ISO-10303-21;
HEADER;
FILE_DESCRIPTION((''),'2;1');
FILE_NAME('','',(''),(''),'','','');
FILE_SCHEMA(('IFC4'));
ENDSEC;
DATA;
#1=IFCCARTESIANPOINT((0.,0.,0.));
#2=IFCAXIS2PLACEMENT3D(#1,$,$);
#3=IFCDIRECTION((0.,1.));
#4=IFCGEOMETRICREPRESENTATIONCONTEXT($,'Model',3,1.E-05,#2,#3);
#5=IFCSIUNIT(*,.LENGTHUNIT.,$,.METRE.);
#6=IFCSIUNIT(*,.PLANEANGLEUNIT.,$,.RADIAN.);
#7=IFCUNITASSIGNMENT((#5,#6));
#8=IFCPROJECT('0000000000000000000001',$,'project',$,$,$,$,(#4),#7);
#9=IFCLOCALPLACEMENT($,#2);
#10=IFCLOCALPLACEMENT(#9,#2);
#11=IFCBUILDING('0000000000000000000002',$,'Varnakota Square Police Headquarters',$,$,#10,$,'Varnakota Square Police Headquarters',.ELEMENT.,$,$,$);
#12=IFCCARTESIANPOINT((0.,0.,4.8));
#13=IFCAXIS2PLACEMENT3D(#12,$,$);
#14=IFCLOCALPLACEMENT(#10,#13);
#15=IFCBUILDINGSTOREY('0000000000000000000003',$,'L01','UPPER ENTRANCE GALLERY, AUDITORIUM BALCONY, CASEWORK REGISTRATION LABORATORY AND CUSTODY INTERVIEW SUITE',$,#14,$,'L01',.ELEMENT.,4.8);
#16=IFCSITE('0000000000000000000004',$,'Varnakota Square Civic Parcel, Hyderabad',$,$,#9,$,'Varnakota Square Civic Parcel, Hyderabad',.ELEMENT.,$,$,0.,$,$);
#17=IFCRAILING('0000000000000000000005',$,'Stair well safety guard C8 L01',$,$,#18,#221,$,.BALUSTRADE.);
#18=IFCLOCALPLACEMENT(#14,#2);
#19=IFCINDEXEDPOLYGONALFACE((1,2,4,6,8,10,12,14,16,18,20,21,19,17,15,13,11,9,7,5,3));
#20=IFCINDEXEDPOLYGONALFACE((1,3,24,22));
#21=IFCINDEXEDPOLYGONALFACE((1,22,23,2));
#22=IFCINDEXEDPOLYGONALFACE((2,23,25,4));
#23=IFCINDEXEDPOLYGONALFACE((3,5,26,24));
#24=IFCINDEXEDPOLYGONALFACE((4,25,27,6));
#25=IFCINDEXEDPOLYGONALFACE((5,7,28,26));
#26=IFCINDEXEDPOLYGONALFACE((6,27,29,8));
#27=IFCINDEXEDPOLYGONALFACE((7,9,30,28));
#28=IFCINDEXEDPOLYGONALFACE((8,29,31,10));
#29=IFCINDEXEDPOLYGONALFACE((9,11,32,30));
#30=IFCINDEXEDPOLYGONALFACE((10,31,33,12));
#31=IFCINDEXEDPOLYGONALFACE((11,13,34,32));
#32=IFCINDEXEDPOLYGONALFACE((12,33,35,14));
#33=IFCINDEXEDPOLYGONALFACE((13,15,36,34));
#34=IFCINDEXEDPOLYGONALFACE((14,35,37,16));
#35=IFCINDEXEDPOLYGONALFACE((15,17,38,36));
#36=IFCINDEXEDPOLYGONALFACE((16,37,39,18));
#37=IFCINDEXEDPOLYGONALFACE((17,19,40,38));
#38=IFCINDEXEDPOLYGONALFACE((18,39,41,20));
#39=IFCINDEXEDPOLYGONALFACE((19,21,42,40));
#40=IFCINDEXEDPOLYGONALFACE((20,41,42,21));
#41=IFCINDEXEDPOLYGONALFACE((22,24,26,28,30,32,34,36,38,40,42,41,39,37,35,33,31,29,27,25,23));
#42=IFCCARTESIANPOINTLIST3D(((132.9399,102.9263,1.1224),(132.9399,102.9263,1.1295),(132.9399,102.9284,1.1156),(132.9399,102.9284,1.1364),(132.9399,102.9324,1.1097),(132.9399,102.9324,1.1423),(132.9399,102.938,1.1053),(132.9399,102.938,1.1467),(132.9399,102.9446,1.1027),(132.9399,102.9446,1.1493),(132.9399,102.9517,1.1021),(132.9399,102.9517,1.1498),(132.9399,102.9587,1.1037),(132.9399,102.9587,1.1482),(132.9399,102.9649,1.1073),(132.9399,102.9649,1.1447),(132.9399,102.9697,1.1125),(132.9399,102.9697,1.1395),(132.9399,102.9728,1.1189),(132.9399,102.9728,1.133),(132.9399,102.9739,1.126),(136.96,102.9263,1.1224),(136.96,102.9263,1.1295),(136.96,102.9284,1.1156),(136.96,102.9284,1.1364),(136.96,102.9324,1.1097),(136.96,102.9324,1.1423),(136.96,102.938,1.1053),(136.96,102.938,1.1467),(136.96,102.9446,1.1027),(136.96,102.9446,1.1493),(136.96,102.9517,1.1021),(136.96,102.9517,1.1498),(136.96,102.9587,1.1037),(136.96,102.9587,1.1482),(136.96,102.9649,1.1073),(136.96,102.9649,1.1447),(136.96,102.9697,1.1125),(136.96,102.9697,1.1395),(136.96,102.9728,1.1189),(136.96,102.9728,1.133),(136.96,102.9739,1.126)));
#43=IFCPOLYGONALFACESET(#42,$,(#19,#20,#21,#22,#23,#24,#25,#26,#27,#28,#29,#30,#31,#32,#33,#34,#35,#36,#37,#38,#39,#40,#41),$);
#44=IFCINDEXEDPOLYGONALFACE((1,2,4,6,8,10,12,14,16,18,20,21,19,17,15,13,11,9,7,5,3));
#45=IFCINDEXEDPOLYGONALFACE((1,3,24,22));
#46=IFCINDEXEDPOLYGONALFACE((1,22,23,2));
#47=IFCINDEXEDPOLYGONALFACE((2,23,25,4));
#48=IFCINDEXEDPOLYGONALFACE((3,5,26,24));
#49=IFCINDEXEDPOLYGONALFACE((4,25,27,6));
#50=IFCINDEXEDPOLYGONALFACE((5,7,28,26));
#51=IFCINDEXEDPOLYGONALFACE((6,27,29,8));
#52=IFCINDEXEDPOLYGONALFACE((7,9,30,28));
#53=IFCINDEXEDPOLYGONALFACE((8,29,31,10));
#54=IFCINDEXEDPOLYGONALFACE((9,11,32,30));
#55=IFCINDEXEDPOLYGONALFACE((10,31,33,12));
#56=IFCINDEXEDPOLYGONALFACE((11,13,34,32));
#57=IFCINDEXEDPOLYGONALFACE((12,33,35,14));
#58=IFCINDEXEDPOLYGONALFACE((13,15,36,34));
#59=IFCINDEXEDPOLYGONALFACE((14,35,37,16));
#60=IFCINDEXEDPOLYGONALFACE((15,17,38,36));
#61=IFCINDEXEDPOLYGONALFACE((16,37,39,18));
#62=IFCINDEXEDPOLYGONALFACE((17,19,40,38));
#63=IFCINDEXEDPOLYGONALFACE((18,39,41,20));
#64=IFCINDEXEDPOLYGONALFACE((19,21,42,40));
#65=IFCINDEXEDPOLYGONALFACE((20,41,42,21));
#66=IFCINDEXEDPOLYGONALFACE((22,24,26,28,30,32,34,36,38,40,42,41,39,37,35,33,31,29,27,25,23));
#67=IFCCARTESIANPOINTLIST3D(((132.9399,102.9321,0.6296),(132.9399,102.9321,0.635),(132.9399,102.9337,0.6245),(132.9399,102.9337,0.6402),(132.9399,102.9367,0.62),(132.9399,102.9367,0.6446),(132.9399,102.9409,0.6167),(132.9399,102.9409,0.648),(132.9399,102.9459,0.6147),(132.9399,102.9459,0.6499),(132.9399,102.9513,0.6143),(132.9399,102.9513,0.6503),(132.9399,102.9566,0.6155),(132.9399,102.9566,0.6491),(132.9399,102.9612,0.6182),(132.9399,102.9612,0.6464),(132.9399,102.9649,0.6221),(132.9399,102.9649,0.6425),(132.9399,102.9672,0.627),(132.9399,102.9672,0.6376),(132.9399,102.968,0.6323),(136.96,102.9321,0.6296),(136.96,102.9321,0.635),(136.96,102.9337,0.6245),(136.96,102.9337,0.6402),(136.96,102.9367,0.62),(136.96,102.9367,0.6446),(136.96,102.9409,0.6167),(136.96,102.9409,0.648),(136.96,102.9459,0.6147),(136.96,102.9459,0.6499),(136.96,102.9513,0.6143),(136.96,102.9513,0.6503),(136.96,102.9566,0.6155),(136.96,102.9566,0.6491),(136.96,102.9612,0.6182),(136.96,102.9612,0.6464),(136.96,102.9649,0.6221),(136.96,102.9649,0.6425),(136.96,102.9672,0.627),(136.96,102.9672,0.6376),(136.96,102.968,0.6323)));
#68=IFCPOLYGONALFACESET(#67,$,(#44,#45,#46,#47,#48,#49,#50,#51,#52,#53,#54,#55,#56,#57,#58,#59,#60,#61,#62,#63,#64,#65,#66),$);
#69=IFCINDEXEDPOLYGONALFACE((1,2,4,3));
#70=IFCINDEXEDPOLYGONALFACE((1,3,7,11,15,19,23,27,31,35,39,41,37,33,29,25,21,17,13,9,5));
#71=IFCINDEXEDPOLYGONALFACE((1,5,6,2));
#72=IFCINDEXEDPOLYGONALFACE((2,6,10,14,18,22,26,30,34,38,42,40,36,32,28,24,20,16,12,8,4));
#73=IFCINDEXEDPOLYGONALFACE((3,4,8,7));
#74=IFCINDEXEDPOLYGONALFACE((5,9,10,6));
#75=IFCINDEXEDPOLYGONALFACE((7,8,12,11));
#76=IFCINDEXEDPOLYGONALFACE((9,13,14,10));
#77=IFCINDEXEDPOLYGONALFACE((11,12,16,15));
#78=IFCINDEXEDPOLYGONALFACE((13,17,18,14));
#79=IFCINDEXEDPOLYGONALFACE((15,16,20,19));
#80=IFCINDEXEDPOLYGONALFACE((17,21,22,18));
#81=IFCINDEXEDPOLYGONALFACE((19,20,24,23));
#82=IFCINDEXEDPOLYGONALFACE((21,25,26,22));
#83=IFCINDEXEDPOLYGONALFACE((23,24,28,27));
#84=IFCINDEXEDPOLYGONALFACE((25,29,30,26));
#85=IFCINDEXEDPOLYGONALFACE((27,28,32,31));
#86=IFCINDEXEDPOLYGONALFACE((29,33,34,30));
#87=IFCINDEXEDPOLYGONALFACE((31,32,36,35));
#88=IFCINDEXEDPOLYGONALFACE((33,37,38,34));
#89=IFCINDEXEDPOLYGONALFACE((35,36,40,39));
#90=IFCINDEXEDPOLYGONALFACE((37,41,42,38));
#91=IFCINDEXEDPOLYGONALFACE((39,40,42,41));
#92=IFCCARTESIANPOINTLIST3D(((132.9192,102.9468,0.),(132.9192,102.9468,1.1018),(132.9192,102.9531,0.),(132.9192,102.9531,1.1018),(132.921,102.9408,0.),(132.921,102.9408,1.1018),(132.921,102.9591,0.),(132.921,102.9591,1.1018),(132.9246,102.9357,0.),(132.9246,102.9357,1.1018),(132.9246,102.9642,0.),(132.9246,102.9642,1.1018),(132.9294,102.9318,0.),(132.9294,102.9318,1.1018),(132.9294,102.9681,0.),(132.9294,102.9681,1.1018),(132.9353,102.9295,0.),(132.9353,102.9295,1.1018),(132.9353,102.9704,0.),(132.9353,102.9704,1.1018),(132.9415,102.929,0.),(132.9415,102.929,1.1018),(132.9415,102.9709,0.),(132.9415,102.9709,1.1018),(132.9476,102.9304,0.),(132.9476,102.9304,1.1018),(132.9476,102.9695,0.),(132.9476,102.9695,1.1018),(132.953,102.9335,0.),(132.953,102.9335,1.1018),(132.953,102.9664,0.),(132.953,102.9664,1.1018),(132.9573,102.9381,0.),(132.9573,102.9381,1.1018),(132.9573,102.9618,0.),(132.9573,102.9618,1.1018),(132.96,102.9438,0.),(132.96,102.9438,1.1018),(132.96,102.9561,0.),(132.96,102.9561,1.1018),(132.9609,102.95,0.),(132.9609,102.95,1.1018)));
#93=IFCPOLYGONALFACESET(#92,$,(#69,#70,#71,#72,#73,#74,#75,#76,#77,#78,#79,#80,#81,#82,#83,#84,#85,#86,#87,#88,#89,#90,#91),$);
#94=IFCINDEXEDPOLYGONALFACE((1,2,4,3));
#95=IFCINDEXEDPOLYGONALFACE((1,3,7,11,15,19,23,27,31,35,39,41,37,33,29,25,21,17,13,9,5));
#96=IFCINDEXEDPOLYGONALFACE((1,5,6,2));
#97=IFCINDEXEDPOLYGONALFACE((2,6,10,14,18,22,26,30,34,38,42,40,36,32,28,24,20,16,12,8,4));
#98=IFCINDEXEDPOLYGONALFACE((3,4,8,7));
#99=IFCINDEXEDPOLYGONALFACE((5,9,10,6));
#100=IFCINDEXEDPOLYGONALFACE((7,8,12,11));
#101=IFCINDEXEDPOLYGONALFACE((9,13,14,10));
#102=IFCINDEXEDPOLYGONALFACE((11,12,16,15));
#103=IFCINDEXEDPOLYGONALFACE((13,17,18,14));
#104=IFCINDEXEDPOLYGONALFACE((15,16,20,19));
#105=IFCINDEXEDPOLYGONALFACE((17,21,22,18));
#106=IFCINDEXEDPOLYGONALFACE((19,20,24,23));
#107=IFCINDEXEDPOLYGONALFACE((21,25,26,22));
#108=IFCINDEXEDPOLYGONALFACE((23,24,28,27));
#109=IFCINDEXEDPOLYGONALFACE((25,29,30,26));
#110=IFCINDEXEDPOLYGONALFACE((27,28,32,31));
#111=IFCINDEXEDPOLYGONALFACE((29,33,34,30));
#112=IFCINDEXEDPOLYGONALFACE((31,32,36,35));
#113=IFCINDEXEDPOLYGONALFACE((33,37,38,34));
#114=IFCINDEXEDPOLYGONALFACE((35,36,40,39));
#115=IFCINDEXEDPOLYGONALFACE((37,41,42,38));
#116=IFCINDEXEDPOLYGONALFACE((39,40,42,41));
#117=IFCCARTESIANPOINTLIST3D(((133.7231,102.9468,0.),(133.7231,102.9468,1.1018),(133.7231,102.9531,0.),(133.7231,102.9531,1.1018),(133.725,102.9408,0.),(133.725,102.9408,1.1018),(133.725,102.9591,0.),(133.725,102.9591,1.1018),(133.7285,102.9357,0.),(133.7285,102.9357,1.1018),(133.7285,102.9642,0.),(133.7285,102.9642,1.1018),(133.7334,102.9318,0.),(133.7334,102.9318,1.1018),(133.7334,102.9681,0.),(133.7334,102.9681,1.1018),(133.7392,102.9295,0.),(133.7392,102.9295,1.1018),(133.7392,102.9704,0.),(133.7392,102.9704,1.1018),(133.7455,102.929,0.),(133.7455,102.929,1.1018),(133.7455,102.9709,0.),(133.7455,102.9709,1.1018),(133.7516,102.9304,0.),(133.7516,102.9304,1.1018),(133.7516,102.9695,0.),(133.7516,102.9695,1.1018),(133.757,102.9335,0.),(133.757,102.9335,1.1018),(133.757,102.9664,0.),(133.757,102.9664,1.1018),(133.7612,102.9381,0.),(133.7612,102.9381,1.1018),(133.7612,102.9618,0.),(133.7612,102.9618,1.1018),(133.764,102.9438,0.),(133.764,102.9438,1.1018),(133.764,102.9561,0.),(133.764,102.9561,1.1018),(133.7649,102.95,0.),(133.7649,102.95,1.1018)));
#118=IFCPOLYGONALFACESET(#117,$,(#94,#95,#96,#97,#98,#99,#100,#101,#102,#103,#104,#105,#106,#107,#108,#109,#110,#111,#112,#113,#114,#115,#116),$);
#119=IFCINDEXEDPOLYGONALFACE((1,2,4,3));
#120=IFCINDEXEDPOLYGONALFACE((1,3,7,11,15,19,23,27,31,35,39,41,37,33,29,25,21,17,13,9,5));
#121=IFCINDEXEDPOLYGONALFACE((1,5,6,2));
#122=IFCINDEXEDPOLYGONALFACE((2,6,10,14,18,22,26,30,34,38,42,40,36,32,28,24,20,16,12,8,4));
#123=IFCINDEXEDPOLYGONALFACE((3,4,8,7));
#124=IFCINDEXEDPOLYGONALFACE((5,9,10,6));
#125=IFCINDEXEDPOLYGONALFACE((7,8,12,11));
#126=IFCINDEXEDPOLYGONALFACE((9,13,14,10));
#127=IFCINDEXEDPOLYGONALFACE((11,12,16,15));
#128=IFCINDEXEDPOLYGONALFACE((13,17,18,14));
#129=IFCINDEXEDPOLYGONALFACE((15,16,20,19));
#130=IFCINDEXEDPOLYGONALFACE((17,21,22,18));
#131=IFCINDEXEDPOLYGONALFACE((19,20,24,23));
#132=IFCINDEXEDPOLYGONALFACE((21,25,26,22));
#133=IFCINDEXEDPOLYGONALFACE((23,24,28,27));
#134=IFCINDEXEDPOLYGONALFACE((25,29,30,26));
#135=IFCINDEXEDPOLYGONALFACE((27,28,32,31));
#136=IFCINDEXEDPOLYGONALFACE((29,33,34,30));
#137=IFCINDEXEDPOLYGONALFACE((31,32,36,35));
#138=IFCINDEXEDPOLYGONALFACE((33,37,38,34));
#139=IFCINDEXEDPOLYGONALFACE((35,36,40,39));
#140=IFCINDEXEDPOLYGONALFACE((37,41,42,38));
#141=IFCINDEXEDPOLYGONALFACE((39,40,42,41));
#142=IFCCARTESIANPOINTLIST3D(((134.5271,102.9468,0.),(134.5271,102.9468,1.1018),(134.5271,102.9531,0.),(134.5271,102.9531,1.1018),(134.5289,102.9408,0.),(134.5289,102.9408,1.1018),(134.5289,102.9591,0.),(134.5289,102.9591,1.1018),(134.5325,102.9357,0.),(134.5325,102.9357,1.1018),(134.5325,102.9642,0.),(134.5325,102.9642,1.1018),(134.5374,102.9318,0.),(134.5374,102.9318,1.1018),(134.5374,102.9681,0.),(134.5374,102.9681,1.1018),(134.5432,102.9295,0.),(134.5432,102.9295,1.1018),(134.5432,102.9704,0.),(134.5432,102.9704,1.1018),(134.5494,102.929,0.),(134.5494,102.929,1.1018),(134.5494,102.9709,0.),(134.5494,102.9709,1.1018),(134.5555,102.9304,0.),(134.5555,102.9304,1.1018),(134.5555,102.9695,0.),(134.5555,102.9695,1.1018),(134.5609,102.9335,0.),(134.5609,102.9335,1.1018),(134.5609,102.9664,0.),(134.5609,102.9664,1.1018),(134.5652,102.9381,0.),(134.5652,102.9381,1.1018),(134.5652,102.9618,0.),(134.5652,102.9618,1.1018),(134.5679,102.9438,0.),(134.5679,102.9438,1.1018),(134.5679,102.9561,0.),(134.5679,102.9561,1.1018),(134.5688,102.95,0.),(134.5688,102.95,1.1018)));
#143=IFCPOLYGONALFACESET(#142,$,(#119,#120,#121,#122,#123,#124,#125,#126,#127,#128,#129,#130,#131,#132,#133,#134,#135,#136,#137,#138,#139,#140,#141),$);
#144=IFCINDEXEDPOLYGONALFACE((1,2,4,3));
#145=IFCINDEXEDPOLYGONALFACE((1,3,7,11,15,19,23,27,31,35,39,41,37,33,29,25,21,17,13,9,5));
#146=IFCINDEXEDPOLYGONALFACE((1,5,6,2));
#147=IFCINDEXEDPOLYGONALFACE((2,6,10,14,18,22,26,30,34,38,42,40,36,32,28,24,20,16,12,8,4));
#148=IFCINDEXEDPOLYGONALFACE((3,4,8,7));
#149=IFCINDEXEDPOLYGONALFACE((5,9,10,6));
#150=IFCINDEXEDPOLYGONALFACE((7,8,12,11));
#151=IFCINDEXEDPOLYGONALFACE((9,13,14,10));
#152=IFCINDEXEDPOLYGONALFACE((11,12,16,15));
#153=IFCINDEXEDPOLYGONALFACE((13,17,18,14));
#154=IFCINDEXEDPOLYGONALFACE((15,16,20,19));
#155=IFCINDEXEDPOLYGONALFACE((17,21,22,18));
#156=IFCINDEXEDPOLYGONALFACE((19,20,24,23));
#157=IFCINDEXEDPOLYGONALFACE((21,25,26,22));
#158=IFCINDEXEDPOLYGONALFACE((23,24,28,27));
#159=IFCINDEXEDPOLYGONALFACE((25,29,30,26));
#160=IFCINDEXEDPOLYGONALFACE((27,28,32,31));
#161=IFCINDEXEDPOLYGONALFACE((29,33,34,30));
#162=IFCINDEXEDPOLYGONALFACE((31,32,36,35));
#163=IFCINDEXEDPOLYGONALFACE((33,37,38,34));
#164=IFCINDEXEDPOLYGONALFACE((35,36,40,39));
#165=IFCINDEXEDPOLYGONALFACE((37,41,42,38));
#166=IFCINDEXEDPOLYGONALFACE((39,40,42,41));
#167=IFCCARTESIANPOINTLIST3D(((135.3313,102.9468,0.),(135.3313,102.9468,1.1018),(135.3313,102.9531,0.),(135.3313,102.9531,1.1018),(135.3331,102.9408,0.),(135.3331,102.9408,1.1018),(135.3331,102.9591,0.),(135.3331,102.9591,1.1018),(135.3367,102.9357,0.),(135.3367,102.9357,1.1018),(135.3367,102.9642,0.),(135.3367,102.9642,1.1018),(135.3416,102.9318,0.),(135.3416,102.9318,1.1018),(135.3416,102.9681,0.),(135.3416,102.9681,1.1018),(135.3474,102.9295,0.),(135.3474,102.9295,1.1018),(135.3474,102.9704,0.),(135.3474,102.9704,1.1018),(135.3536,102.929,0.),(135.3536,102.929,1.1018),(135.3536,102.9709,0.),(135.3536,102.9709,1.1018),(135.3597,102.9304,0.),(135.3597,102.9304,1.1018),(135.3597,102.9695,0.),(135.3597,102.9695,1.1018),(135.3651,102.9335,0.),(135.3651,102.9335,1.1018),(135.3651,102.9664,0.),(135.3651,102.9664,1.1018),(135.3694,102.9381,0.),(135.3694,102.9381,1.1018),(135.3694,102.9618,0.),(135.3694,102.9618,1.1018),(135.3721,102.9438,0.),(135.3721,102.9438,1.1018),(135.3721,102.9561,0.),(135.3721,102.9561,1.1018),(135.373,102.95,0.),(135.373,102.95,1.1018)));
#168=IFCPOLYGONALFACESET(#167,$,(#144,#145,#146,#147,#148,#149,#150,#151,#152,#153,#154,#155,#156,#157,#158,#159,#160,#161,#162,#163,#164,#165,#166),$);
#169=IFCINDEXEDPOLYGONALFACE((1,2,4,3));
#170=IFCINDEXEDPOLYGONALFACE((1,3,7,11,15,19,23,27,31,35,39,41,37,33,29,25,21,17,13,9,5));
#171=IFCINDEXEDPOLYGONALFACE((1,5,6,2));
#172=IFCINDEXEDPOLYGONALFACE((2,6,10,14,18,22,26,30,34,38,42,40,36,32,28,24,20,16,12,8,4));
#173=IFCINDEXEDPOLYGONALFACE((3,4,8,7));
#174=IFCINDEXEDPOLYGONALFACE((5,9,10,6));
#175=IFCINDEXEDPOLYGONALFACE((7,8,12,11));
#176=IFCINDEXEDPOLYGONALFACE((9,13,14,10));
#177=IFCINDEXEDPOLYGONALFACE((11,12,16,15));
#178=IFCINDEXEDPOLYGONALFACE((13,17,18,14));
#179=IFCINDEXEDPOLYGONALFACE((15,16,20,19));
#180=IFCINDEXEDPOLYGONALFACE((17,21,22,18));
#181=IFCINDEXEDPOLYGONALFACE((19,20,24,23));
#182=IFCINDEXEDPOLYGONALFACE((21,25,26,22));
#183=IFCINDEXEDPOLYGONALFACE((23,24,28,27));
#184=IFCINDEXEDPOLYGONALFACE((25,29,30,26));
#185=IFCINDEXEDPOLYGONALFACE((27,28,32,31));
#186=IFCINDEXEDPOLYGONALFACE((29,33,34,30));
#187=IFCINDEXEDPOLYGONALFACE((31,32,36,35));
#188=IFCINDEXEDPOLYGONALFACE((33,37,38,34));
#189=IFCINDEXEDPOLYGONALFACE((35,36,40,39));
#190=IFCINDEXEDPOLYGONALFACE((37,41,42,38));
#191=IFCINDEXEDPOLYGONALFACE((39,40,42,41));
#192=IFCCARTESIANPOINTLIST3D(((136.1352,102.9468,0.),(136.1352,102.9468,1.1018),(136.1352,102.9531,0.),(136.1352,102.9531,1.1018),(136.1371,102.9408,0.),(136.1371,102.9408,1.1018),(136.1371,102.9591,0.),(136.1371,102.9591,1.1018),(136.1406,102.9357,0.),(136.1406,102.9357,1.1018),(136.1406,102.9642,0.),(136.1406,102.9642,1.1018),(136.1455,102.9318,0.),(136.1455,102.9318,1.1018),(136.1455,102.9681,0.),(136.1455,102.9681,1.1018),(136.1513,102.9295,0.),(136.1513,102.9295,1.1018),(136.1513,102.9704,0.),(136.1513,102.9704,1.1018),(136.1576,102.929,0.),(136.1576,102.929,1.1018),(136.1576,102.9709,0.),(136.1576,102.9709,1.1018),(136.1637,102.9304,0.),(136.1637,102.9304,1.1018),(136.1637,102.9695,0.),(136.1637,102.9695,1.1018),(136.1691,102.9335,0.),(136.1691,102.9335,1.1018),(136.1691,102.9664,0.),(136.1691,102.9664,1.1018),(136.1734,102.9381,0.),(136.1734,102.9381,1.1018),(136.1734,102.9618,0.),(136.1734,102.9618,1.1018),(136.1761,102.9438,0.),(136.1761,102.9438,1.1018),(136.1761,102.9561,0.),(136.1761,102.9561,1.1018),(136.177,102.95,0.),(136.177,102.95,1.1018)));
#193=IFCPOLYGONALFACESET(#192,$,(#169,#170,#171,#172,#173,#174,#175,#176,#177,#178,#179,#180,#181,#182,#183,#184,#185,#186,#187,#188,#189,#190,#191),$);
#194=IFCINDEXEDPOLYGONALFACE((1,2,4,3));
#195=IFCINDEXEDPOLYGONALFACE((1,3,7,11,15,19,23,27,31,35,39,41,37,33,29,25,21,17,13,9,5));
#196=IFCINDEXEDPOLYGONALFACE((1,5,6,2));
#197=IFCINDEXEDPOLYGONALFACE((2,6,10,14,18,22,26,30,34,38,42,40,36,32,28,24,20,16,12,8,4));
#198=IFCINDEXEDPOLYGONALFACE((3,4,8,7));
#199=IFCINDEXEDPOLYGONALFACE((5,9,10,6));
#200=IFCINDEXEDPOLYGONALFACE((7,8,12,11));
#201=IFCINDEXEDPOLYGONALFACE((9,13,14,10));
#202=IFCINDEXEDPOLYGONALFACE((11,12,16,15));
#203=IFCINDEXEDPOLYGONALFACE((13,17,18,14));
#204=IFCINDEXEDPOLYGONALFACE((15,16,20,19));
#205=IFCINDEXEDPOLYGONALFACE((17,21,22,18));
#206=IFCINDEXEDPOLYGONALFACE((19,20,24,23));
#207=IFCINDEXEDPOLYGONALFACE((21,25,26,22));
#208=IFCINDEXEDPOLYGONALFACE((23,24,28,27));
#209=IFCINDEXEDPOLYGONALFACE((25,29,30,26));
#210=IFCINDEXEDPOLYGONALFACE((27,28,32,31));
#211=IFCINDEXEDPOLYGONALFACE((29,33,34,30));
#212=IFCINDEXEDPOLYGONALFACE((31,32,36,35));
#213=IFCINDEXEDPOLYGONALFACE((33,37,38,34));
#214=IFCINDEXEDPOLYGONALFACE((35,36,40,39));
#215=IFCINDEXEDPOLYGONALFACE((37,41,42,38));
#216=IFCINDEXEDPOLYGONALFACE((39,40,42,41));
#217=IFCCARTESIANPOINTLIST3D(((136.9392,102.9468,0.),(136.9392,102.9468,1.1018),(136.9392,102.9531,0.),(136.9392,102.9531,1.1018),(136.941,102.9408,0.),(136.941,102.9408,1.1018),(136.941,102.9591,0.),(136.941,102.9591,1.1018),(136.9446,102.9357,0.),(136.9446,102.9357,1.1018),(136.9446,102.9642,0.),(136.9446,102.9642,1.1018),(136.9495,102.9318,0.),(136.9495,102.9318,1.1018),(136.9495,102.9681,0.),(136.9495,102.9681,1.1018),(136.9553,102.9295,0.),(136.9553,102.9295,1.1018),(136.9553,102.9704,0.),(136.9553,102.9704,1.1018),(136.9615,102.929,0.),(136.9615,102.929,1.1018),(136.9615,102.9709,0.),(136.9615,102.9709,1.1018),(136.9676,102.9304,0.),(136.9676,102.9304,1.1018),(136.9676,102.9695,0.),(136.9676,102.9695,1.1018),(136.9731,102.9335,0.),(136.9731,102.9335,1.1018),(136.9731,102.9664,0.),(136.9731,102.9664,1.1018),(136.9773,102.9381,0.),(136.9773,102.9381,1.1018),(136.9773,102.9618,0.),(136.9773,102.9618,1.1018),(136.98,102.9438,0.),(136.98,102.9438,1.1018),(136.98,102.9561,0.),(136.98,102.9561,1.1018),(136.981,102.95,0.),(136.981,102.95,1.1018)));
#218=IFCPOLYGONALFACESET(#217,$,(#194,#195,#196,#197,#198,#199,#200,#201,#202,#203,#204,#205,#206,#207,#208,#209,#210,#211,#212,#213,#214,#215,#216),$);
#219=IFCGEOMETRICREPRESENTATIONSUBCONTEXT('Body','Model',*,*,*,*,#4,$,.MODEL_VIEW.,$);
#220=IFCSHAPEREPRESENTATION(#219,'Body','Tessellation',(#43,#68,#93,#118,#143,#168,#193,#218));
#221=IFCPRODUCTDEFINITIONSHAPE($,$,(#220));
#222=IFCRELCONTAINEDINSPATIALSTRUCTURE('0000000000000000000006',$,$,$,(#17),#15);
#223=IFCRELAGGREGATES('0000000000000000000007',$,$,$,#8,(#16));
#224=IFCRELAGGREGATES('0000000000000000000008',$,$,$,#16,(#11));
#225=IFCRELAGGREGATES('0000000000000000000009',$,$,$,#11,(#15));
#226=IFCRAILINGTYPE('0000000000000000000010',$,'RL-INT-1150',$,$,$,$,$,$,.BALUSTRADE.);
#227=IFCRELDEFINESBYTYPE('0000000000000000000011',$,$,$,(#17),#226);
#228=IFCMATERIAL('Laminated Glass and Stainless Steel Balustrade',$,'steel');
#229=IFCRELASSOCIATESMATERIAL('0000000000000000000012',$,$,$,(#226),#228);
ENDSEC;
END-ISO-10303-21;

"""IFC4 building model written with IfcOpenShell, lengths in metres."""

from ifc_helpers import new_model, si_unit, direction, frame, origin, origin_2d, place, context, subcontext, project, spatial, circle, extrude, material, type_object, element, save


model = new_model("IFC4")

# Units and contexts
model_context = context("Model", 3, precision=1e-05, world=origin(), true_north=direction((0.0, 1.0)))
body_context = subcontext(model_context, "Body", "Model", "MODEL_VIEW")
ifc_project = project(units=[si_unit("LENGTHUNIT", "METRE"), si_unit("PLANEANGLEUNIT", "RADIAN")], contexts=[model_context])

# Site, building, storey
site_placement = place(None, origin())
site = spatial("IfcSite", under=ifc_project, at=site_placement, Name="Varnakota Square Civic Parcel, Hyderabad", LongName="Varnakota Square Civic Parcel, Hyderabad", CompositionType="ELEMENT", RefElevation=0.0)
building_placement = place(site_placement, origin())
building = spatial("IfcBuilding", under=site, at=building_placement, Name="Varnakota Square Police Headquarters", LongName="Varnakota Square Police Headquarters", CompositionType="ELEMENT")
storey_placement = place(building_placement, frame((0.0, 0.0, 4.8)))
storey = spatial("IfcBuildingStorey", under=building, at=storey_placement, Name="L01", Description="UPPER ENTRANCE GALLERY, AUDITORIUM BALCONY, CASEWORK REGISTRATION LABORATORY AND CUSTODY INTERVIEW SUITE", LongName="L01", CompositionType="ELEMENT", Elevation=4.8)

# Railing
ifc_material_1 = material(Name="Laminated Glass and Stainless Steel Balustrade", Category="steel")
railing_type_1 = type_object("IfcRailingType", Name="RL-INT-1150", PredefinedType="BALUSTRADE", material=ifc_material_1)
railing_1_placement = place(storey_placement, frame((132.9399, 102.95, 0.0)))
element("IfcRailing", 1, at=railing_1_placement, inside=storey, type_object=railing_type_1, Name="Stair well safety guard C8 L01", PredefinedType="BALUSTRADE", context=body_context, shape_type="SweptSolid", body=[
    extrude(circle(Radius=0.0239, at=origin_2d()), frame((0.0, 0.0, 1.126), z_axis=(1.0, 0.0, 0.0), x_axis=(0.0, 1.0, 0.0)), (0.0, 0.0, 1.0), 4.02),
    extrude(circle(Radius=0.0181, at=origin_2d()), frame((0.0, 0.0, 0.6323), z_axis=(1.0, 0.0, 0.0), x_axis=(0.0, 1.0, 0.0)), (0.0, 0.0, 1.0), 4.02),
    extrude(circle(Radius=0.021, at=origin_2d()), origin(), (0.0, 0.0, 1.0), 1.1018),
    extrude(circle(Radius=0.021, at=origin_2d()), frame((0.804, 0.0, 0.0)), (0.0, 0.0, 1.0), 1.1018),
    extrude(circle(Radius=0.021, at=origin_2d()), frame((1.6079, 0.0, 0.0)), (0.0, 0.0, 1.0), 1.1018),
    extrude(circle(Radius=0.021, at=origin_2d()), frame((2.4121, 0.0, 0.0)), (0.0, 0.0, 1.0), 1.1018),
    extrude(circle(Radius=0.021, at=origin_2d()), frame((3.2161, 0.0, 0.0)), (0.0, 0.0, 1.0), 1.1018),
    extrude(circle(Radius=0.021, at=origin_2d()), frame((4.02, 0.0, 0.0)), (0.0, 0.0, 1.0), 1.1018),
])

save(model, "model.ifc")
